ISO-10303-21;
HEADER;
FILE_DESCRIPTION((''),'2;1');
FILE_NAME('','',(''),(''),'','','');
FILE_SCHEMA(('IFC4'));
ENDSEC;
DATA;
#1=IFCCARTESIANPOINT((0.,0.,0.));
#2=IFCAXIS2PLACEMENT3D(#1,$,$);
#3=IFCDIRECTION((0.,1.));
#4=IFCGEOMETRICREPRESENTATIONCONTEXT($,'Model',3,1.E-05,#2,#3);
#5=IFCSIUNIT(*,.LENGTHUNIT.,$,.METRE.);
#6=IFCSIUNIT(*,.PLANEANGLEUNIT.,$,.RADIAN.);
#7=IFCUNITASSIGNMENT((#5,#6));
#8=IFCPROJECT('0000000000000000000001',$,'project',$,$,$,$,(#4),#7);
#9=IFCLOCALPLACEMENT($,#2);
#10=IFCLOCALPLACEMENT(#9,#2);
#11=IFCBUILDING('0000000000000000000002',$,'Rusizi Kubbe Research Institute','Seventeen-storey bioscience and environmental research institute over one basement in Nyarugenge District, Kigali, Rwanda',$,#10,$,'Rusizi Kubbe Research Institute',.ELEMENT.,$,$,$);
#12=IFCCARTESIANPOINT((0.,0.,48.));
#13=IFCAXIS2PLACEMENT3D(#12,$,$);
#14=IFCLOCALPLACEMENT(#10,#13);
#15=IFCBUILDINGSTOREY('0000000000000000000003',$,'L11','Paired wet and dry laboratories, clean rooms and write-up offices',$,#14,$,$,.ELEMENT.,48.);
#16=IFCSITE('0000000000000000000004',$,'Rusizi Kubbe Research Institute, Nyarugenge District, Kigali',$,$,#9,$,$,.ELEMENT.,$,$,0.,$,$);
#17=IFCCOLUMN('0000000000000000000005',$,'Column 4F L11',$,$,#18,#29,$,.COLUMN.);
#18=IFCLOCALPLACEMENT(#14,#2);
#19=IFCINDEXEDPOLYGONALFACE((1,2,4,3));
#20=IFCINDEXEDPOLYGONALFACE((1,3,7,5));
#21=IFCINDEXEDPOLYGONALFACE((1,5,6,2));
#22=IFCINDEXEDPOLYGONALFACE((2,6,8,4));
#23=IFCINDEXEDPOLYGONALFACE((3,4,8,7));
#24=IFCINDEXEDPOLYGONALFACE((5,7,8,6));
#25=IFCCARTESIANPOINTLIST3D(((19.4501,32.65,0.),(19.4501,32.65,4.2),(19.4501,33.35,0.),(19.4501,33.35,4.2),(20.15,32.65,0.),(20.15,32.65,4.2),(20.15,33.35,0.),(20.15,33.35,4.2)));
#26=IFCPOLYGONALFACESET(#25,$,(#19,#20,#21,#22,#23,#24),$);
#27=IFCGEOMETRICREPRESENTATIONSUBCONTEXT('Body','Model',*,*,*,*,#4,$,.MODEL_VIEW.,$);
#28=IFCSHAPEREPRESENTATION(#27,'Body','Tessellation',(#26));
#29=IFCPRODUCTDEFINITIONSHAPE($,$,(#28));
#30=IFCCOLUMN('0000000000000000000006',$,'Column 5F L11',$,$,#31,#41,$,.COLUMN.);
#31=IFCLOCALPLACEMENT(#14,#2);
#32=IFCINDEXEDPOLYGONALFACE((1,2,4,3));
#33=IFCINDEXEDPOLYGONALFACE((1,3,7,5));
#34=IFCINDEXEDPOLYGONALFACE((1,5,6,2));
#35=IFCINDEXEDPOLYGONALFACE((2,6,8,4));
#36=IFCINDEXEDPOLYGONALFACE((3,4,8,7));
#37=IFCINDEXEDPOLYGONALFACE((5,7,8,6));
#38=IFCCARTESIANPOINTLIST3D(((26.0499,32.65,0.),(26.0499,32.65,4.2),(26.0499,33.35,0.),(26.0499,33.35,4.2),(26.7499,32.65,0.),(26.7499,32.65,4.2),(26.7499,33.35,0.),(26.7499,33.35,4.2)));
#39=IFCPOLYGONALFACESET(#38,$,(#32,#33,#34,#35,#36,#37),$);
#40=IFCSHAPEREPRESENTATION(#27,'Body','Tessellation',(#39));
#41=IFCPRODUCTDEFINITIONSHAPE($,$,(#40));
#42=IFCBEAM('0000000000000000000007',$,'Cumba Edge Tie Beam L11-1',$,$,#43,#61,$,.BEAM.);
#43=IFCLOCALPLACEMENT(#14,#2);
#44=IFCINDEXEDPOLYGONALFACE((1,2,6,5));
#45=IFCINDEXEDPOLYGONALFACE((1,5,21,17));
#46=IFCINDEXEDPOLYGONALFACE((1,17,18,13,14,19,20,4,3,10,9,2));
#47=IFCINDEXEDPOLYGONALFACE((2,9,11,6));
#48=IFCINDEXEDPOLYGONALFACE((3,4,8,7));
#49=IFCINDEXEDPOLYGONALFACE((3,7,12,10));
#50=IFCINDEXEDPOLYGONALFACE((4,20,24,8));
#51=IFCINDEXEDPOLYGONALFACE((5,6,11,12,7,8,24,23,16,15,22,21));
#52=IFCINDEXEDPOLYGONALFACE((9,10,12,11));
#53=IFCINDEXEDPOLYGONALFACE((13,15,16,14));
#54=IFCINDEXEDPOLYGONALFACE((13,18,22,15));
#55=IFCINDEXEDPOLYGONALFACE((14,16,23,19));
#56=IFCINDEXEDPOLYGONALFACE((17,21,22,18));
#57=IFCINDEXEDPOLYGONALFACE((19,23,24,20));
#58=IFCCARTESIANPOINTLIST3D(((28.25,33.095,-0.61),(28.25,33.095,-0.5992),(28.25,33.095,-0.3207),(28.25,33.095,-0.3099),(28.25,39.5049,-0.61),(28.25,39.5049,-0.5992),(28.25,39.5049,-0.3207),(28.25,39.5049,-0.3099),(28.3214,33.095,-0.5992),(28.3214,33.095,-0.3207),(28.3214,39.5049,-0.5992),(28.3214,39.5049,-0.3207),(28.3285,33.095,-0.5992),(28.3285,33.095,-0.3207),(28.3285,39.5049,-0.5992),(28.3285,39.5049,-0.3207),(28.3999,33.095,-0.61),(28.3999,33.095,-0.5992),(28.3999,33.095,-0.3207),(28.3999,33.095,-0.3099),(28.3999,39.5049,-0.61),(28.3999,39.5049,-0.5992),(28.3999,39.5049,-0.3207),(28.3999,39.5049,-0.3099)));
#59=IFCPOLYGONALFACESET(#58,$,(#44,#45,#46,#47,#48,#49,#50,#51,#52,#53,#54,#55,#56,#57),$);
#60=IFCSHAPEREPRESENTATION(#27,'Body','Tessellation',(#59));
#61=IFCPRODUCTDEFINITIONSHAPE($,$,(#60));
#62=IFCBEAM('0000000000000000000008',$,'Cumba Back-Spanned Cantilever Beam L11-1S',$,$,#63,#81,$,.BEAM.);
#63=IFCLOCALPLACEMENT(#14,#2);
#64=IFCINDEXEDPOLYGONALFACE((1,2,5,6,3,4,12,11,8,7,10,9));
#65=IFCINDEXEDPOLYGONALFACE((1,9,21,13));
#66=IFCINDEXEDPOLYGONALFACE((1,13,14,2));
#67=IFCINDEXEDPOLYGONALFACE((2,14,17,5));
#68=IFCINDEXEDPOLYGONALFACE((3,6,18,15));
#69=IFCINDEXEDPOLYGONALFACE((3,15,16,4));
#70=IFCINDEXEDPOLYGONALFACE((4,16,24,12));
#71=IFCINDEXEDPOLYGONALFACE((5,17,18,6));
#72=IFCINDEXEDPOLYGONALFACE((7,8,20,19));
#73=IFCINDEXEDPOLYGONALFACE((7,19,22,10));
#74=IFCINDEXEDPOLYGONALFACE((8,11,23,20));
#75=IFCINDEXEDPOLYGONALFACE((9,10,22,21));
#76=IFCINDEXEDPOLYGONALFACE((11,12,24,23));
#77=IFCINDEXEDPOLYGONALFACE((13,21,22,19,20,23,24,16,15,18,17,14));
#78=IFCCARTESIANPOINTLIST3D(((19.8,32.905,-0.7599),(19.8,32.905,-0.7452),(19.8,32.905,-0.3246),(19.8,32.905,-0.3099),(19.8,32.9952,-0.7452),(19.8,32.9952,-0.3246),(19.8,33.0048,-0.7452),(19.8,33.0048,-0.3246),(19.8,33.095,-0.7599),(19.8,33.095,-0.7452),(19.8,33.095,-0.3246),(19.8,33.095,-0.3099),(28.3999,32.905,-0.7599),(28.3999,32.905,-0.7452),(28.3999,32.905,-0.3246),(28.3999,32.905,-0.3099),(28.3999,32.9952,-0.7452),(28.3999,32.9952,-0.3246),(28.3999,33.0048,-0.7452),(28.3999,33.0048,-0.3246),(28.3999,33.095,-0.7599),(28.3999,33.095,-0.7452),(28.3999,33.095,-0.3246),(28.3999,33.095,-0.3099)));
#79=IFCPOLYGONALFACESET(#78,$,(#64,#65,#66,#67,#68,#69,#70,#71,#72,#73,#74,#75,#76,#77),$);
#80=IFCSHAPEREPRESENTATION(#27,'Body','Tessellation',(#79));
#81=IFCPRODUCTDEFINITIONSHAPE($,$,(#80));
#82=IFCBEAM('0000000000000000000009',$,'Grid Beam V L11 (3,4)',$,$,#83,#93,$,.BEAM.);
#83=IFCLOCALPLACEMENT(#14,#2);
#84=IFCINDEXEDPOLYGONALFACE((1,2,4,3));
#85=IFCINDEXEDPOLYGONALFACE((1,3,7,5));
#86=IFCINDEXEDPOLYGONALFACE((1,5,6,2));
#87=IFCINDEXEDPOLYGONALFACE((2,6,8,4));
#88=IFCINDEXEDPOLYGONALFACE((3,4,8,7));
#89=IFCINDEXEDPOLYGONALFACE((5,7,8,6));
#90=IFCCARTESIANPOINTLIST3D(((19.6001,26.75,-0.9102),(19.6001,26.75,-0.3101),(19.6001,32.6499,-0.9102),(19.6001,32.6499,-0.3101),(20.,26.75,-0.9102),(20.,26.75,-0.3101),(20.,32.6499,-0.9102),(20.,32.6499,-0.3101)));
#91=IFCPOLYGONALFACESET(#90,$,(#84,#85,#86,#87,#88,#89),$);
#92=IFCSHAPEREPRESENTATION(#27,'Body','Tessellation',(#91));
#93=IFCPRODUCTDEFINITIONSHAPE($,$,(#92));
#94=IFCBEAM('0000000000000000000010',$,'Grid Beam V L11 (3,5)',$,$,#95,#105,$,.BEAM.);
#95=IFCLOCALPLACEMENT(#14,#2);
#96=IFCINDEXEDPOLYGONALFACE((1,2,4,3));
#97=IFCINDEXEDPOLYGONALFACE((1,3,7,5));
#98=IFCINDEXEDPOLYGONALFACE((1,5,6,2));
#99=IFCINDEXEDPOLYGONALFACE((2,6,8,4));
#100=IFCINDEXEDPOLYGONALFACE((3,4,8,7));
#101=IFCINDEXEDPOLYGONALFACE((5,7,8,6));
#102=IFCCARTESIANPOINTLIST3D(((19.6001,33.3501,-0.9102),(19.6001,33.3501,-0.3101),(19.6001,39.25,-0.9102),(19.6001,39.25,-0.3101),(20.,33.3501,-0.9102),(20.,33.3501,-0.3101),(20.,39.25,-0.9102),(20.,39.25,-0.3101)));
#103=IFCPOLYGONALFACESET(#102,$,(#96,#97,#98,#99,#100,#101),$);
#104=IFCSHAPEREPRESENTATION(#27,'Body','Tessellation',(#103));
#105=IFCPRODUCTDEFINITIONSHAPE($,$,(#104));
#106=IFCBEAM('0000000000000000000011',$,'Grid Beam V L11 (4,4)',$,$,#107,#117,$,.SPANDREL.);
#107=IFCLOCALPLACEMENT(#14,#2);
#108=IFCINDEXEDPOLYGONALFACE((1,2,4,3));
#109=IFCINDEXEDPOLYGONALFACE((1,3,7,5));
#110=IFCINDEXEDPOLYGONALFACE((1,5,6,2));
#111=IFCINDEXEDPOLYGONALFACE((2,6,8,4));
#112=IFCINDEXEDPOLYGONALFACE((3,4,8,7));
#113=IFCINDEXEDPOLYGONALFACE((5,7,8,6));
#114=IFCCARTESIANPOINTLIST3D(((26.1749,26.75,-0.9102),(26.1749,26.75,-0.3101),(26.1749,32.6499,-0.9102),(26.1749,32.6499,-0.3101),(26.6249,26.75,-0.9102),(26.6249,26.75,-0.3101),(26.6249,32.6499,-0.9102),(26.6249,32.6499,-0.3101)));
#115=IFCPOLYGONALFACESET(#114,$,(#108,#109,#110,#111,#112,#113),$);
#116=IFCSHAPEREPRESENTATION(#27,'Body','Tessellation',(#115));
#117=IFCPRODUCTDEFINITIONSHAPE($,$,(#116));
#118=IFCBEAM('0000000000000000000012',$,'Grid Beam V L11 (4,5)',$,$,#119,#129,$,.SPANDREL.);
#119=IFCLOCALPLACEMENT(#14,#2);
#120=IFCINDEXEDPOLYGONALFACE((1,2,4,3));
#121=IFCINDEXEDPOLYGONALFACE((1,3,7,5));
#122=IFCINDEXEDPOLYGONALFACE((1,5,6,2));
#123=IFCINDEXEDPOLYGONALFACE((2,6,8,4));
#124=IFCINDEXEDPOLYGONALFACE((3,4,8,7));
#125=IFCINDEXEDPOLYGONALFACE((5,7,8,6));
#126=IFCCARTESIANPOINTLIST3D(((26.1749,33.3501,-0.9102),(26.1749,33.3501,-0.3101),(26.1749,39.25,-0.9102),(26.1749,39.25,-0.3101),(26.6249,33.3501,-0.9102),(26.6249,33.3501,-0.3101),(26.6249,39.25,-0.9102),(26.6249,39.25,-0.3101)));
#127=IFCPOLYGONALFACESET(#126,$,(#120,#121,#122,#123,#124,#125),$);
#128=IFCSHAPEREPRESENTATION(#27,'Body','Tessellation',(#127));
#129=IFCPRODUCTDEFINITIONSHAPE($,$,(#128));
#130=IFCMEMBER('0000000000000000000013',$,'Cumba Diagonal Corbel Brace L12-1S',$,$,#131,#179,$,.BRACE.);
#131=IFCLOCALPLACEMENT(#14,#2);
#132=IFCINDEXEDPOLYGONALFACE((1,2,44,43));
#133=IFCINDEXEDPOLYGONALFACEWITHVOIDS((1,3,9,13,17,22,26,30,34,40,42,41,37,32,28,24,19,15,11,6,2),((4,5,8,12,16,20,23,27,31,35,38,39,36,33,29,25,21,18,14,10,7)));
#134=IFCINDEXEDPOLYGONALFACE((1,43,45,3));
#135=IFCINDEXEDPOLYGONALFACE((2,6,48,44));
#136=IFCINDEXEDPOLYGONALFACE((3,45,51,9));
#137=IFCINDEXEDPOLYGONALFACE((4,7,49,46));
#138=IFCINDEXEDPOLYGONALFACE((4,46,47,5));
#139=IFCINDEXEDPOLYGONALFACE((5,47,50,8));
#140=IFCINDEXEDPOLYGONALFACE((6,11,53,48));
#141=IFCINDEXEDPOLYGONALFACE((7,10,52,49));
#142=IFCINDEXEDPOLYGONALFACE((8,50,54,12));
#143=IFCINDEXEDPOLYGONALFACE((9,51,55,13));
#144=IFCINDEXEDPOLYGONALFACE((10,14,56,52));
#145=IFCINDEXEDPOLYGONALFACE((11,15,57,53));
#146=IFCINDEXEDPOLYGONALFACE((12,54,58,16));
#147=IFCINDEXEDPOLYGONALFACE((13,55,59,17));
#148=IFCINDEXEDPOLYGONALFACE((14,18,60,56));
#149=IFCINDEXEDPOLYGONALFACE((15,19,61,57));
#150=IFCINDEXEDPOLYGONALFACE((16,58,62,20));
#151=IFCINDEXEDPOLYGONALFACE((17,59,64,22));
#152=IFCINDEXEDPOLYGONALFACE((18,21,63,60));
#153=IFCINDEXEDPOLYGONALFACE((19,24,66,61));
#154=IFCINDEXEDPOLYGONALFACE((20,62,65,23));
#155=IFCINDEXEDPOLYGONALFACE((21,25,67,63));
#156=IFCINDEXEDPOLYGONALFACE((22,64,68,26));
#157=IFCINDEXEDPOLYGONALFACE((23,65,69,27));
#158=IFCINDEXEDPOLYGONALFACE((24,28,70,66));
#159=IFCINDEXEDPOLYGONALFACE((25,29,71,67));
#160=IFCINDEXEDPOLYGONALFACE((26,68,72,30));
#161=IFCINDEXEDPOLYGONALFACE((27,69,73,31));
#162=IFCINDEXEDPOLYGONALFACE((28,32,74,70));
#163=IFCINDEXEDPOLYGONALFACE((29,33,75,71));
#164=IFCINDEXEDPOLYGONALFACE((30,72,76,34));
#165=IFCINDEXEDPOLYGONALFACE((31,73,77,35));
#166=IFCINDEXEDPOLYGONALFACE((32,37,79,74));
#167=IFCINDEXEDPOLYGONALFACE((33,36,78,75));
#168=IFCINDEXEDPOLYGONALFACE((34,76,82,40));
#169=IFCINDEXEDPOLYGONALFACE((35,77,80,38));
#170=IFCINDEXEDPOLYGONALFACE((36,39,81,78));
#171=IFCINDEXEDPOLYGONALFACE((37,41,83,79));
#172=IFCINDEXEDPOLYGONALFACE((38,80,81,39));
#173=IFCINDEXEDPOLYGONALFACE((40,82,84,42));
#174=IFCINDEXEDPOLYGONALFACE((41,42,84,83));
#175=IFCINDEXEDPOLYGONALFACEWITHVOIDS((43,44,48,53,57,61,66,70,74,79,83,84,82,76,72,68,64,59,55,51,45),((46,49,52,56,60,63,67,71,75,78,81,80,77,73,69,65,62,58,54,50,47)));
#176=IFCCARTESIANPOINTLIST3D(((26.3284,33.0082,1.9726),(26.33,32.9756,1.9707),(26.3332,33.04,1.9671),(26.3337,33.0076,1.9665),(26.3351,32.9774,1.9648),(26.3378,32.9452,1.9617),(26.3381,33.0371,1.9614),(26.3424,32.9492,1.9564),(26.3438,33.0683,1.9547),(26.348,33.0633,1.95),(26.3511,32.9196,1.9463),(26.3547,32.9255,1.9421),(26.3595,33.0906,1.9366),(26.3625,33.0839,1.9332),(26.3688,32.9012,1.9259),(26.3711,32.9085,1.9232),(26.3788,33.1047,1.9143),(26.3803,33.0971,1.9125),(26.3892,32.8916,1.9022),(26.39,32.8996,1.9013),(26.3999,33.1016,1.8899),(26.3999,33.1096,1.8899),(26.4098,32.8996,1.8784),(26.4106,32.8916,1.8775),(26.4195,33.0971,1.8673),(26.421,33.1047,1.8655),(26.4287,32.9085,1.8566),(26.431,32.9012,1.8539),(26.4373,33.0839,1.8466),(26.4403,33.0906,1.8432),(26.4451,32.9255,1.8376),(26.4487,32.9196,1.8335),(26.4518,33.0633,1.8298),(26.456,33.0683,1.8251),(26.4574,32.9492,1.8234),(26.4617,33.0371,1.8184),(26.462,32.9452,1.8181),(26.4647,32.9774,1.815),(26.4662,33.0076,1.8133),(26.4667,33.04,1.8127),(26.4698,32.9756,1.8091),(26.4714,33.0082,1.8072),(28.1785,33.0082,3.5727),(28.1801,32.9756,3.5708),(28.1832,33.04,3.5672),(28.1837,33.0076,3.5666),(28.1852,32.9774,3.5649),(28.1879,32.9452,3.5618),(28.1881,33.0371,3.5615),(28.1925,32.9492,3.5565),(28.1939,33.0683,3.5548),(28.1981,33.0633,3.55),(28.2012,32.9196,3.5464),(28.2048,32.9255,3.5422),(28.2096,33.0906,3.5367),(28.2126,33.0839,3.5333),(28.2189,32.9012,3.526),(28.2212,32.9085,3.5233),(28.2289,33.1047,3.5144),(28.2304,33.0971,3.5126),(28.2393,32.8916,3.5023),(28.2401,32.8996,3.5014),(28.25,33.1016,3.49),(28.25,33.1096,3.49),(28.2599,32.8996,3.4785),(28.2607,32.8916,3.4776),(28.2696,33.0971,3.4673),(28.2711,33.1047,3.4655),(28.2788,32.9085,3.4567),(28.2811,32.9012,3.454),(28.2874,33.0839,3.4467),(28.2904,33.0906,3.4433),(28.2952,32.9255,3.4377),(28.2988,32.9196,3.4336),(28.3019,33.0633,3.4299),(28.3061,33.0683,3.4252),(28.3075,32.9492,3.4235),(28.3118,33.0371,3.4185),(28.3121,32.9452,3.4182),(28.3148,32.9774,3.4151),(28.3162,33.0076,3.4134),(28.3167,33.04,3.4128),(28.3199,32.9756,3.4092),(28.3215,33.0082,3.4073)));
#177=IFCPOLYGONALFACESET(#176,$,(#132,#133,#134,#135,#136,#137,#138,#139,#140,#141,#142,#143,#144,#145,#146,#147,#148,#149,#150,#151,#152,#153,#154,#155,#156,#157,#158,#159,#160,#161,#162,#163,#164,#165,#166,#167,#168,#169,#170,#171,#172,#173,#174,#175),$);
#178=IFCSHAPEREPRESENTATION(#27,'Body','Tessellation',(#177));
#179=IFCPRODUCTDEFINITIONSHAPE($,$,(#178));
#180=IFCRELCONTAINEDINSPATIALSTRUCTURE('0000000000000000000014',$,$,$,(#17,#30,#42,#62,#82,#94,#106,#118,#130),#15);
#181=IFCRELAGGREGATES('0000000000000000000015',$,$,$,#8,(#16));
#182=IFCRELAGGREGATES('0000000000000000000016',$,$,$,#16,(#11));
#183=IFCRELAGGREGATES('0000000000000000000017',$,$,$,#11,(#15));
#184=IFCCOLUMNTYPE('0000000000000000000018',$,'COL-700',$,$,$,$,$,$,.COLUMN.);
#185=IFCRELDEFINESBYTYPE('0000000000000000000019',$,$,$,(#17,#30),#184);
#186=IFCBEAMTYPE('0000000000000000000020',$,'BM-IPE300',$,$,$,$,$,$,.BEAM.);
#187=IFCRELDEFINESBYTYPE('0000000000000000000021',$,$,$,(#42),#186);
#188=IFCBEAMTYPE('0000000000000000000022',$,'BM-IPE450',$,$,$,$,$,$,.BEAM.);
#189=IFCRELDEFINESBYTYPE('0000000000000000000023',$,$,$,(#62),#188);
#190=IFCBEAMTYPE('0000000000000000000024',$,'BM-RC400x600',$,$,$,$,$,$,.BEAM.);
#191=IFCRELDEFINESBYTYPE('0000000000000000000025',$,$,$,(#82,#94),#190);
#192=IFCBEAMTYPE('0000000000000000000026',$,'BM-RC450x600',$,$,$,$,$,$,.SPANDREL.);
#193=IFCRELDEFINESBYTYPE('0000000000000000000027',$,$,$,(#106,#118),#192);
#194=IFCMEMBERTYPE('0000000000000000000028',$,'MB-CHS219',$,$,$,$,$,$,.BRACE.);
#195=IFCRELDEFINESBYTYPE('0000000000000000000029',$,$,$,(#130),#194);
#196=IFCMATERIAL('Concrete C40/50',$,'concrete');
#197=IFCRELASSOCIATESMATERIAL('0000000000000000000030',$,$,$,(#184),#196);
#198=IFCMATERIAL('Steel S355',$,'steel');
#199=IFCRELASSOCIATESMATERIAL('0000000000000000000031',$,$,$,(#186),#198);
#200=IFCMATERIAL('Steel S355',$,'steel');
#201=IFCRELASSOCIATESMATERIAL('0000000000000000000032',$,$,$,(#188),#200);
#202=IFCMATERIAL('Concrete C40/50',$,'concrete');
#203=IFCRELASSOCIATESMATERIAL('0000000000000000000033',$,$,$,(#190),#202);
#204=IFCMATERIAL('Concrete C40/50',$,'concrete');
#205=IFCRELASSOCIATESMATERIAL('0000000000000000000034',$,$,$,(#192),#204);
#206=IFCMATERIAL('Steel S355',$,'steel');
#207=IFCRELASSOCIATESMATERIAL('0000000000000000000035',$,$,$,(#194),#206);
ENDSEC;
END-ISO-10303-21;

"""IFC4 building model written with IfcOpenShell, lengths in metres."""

from ifc_helpers import new_model, si_unit, direction, frame, origin, origin_2d, place, context, subcontext, project, spatial, rectangle, hollow_circle, i_section, extrude, material, material_profile, profile_set, type_object, element, save


model = new_model("IFC4")

# Units and contexts
model_context = context("Model", 3, precision=1e-05, world=origin(), true_north=direction((0.0, 1.0)))
body_context = subcontext(model_context, "Body", "Model", "MODEL_VIEW")
ifc_project = project(units=[si_unit("LENGTHUNIT", "METRE"), si_unit("PLANEANGLEUNIT", "RADIAN")], contexts=[model_context])

# Site, building, storey
site_placement = place(None, origin())
site = spatial("IfcSite", under=ifc_project, at=site_placement, Name="Rusizi Kubbe Research Institute, Nyarugenge District, Kigali", CompositionType="ELEMENT", RefElevation=0.0)
building_placement = place(site_placement, origin())
building = spatial("IfcBuilding", under=site, at=building_placement, Name="Rusizi Kubbe Research Institute", Description="Seventeen-storey bioscience and environmental research institute over one basement in Nyarugenge District, Kigali, Rwanda", LongName="Rusizi Kubbe Research Institute", CompositionType="ELEMENT")
storey_placement = place(building_placement, frame((0.0, 0.0, 48.0)))
storey = spatial("IfcBuildingStorey", under=building, at=storey_placement, Name="L11", Description="Paired wet and dry laboratories, clean rooms and write-up offices", CompositionType="ELEMENT", Elevation=48.0)

# Columns
ifc_material_1 = material(Name="Concrete C40/50", Category="concrete")
ifc_material_profile_1 = material_profile(ifc_material_1, rectangle(XDim=0.7, YDim=0.7, at=origin_2d()), Name="RC700x700")
ifc_profile_set_1 = profile_set([ifc_material_profile_1], Name="Concrete C40/50")
column_type = type_object("IfcColumnType", Name="COL-700", PredefinedType="COLUMN", material=ifc_profile_set_1)
for number, where, z_axis, x_axis, name in (
    (1, (19.8, 33.0, 0.0), (0.0, 0.0, 1.0), (1.0, 0.0, 0.0), "Column 4F L11"),
    (2, (26.3999, 33.0, 0.0), (0.0, 0.0, 1.0), (1.0, 0.0, 0.0), "Column 5F L11"),
):
    element("IfcColumn", number, at=place(storey_placement, frame(where, z_axis=z_axis, x_axis=x_axis)), inside=storey, type_object=column_type, Name=name, PredefinedType="COLUMN", context=body_context, shape_type="SweptSolid", body=[
        extrude(rectangle(XDim=0.7, YDim=0.7, at=origin_2d()), origin(), (0.0, 0.0, 1.0), 4.2),
    ])

# Beams
ifc_material_2 = material(Name="Steel S355", Category="steel")
ifc_material_profile_2 = material_profile(ifc_material_2, i_section(OverallWidth=0.1499, OverallDepth=0.3, WebThickness=0.0071, FlangeThickness=0.0107, at=origin_2d()), Name="IPE 300")
ifc_profile_set_2 = profile_set([ifc_material_profile_2], Name="Steel S355")
beam_type_1 = type_object("IfcBeamType", Name="BM-IPE300", PredefinedType="BEAM", material=ifc_profile_set_2)
beam_1_placement = place(storey_placement, frame((28.325, 33.095, -0.46), z_axis=(0.0, 1.0, 0.0), x_axis=(-1.0, 0.0, 0.0)))
element("IfcBeam", 3, at=beam_1_placement, inside=storey, type_object=beam_type_1, Name="Cumba Edge Tie Beam L11-1", PredefinedType="BEAM", context=body_context, shape_type="SweptSolid", body=[
    extrude(i_section(OverallWidth=0.1499, OverallDepth=0.3, WebThickness=0.0071, FlangeThickness=0.0107, at=origin_2d()), origin(), (0.0, 0.0, 1.0), 6.4099),
])
ifc_material_3 = material(Name="Steel S355", Category="steel")
ifc_material_profile_3 = material_profile(ifc_material_3, i_section(OverallWidth=0.1899, OverallDepth=0.45, WebThickness=0.0095, FlangeThickness=0.0146, at=origin_2d()), Name="IPE 450")
ifc_profile_set_3 = profile_set([ifc_material_profile_3], Name="Steel S355")
beam_type_2 = type_object("IfcBeamType", Name="BM-IPE450", PredefinedType="BEAM", material=ifc_profile_set_3)
beam_2_placement = place(storey_placement, frame((19.8, 33.0, -0.5349), z_axis=(1.0, 0.0, 0.0), x_axis=(0.0, 1.0, 0.0)))
element("IfcBeam", 4, at=beam_2_placement, inside=storey, type_object=beam_type_2, Name="Cumba Back-Spanned Cantilever Beam L11-1S", PredefinedType="BEAM", context=body_context, shape_type="SweptSolid", body=[
    extrude(i_section(OverallWidth=0.1899, OverallDepth=0.45, WebThickness=0.0095, FlangeThickness=0.0146, at=origin_2d()), origin(), (0.0, 0.0, 1.0), 8.5999),
])
ifc_material_4 = material(Name="Concrete C40/50", Category="concrete")
ifc_material_profile_4 = material_profile(ifc_material_4, rectangle(XDim=0.3999, YDim=0.6001, at=origin_2d()), Name="RC400x600")
ifc_profile_set_4 = profile_set([ifc_material_profile_4], Name="Concrete C40/50")
beam_type_3 = type_object("IfcBeamType", Name="BM-RC400x600", PredefinedType="BEAM", material=ifc_profile_set_4)
for number, where, z_axis, x_axis, name in (
    (5, (19.8, 26.75, -0.6101), (0.0, 1.0, 0.0), (-1.0, 0.0, 0.0), "Grid Beam V L11 (3,4)"),
    (6, (19.8, 33.3501, -0.6101), (0.0, 1.0, 0.0), (-1.0, 0.0, 0.0), "Grid Beam V L11 (3,5)"),
):
    element("IfcBeam", number, at=place(storey_placement, frame(where, z_axis=z_axis, x_axis=x_axis)), inside=storey, type_object=beam_type_3, Name=name, PredefinedType="BEAM", context=body_context, shape_type="SweptSolid", body=[
        extrude(rectangle(XDim=0.3999, YDim=0.6001, at=origin_2d()), origin(), (0.0, 0.0, 1.0), 5.8999),
    ])
ifc_material_5 = material(Name="Concrete C40/50", Category="concrete")
ifc_material_profile_5 = material_profile(ifc_material_5, rectangle(XDim=0.45, YDim=0.6001, at=origin_2d()), Name="RC450x600")
ifc_profile_set_5 = profile_set([ifc_material_profile_5], Name="Concrete C40/50")
beam_type_4 = type_object("IfcBeamType", Name="BM-RC450x600", PredefinedType="SPANDREL", material=ifc_profile_set_5)
for number, where, z_axis, x_axis, name in (
    (7, (26.3999, 26.75, -0.6101), (0.0, 1.0, 0.0), (-1.0, 0.0, 0.0), "Grid Beam V L11 (4,4)"),
    (8, (26.3999, 33.3501, -0.6101), (0.0, 1.0, 0.0), (-1.0, 0.0, 0.0), "Grid Beam V L11 (4,5)"),
):
    element("IfcBeam", number, at=place(storey_placement, frame(where, z_axis=z_axis, x_axis=x_axis)), inside=storey, type_object=beam_type_4, Name=name, PredefinedType="SPANDREL", context=body_context, shape_type="SweptSolid", body=[
        extrude(rectangle(XDim=0.45, YDim=0.6001, at=origin_2d()), origin(), (0.0, 0.0, 1.0), 5.8999),
    ])

# Member
ifc_material_6 = material(Name="Steel S355", Category="steel")
ifc_material_profile_6 = material_profile(ifc_material_6, hollow_circle(Radius=0.1096, WallThickness=0.0081, at=origin_2d()), Name="CHS 219.1x8.0")
ifc_profile_set_6 = profile_set([ifc_material_profile_6], Name="Steel S355")
member_type_1 = type_object("IfcMemberType", Name="MB-CHS219", PredefinedType="BRACE", material=ifc_profile_set_6)
member_1_placement = place(storey_placement, frame((26.3999, 33.0, 1.8899), z_axis=(0.756361, 0.0, 0.654155), x_axis=(0.0, 1.0, 0.0)))
element("IfcMember", 9, at=member_1_placement, inside=storey, type_object=member_type_1, Name="Cumba Diagonal Corbel Brace L12-1S", PredefinedType="BRACE", context=body_context, shape_type="SweptSolid", body=[
    extrude(hollow_circle(Radius=0.1096, WallThickness=0.0081, at=origin_2d()), origin(), (0.0, 0.0, 1.0), 2.446),
])

save(model, "model.ifc")
